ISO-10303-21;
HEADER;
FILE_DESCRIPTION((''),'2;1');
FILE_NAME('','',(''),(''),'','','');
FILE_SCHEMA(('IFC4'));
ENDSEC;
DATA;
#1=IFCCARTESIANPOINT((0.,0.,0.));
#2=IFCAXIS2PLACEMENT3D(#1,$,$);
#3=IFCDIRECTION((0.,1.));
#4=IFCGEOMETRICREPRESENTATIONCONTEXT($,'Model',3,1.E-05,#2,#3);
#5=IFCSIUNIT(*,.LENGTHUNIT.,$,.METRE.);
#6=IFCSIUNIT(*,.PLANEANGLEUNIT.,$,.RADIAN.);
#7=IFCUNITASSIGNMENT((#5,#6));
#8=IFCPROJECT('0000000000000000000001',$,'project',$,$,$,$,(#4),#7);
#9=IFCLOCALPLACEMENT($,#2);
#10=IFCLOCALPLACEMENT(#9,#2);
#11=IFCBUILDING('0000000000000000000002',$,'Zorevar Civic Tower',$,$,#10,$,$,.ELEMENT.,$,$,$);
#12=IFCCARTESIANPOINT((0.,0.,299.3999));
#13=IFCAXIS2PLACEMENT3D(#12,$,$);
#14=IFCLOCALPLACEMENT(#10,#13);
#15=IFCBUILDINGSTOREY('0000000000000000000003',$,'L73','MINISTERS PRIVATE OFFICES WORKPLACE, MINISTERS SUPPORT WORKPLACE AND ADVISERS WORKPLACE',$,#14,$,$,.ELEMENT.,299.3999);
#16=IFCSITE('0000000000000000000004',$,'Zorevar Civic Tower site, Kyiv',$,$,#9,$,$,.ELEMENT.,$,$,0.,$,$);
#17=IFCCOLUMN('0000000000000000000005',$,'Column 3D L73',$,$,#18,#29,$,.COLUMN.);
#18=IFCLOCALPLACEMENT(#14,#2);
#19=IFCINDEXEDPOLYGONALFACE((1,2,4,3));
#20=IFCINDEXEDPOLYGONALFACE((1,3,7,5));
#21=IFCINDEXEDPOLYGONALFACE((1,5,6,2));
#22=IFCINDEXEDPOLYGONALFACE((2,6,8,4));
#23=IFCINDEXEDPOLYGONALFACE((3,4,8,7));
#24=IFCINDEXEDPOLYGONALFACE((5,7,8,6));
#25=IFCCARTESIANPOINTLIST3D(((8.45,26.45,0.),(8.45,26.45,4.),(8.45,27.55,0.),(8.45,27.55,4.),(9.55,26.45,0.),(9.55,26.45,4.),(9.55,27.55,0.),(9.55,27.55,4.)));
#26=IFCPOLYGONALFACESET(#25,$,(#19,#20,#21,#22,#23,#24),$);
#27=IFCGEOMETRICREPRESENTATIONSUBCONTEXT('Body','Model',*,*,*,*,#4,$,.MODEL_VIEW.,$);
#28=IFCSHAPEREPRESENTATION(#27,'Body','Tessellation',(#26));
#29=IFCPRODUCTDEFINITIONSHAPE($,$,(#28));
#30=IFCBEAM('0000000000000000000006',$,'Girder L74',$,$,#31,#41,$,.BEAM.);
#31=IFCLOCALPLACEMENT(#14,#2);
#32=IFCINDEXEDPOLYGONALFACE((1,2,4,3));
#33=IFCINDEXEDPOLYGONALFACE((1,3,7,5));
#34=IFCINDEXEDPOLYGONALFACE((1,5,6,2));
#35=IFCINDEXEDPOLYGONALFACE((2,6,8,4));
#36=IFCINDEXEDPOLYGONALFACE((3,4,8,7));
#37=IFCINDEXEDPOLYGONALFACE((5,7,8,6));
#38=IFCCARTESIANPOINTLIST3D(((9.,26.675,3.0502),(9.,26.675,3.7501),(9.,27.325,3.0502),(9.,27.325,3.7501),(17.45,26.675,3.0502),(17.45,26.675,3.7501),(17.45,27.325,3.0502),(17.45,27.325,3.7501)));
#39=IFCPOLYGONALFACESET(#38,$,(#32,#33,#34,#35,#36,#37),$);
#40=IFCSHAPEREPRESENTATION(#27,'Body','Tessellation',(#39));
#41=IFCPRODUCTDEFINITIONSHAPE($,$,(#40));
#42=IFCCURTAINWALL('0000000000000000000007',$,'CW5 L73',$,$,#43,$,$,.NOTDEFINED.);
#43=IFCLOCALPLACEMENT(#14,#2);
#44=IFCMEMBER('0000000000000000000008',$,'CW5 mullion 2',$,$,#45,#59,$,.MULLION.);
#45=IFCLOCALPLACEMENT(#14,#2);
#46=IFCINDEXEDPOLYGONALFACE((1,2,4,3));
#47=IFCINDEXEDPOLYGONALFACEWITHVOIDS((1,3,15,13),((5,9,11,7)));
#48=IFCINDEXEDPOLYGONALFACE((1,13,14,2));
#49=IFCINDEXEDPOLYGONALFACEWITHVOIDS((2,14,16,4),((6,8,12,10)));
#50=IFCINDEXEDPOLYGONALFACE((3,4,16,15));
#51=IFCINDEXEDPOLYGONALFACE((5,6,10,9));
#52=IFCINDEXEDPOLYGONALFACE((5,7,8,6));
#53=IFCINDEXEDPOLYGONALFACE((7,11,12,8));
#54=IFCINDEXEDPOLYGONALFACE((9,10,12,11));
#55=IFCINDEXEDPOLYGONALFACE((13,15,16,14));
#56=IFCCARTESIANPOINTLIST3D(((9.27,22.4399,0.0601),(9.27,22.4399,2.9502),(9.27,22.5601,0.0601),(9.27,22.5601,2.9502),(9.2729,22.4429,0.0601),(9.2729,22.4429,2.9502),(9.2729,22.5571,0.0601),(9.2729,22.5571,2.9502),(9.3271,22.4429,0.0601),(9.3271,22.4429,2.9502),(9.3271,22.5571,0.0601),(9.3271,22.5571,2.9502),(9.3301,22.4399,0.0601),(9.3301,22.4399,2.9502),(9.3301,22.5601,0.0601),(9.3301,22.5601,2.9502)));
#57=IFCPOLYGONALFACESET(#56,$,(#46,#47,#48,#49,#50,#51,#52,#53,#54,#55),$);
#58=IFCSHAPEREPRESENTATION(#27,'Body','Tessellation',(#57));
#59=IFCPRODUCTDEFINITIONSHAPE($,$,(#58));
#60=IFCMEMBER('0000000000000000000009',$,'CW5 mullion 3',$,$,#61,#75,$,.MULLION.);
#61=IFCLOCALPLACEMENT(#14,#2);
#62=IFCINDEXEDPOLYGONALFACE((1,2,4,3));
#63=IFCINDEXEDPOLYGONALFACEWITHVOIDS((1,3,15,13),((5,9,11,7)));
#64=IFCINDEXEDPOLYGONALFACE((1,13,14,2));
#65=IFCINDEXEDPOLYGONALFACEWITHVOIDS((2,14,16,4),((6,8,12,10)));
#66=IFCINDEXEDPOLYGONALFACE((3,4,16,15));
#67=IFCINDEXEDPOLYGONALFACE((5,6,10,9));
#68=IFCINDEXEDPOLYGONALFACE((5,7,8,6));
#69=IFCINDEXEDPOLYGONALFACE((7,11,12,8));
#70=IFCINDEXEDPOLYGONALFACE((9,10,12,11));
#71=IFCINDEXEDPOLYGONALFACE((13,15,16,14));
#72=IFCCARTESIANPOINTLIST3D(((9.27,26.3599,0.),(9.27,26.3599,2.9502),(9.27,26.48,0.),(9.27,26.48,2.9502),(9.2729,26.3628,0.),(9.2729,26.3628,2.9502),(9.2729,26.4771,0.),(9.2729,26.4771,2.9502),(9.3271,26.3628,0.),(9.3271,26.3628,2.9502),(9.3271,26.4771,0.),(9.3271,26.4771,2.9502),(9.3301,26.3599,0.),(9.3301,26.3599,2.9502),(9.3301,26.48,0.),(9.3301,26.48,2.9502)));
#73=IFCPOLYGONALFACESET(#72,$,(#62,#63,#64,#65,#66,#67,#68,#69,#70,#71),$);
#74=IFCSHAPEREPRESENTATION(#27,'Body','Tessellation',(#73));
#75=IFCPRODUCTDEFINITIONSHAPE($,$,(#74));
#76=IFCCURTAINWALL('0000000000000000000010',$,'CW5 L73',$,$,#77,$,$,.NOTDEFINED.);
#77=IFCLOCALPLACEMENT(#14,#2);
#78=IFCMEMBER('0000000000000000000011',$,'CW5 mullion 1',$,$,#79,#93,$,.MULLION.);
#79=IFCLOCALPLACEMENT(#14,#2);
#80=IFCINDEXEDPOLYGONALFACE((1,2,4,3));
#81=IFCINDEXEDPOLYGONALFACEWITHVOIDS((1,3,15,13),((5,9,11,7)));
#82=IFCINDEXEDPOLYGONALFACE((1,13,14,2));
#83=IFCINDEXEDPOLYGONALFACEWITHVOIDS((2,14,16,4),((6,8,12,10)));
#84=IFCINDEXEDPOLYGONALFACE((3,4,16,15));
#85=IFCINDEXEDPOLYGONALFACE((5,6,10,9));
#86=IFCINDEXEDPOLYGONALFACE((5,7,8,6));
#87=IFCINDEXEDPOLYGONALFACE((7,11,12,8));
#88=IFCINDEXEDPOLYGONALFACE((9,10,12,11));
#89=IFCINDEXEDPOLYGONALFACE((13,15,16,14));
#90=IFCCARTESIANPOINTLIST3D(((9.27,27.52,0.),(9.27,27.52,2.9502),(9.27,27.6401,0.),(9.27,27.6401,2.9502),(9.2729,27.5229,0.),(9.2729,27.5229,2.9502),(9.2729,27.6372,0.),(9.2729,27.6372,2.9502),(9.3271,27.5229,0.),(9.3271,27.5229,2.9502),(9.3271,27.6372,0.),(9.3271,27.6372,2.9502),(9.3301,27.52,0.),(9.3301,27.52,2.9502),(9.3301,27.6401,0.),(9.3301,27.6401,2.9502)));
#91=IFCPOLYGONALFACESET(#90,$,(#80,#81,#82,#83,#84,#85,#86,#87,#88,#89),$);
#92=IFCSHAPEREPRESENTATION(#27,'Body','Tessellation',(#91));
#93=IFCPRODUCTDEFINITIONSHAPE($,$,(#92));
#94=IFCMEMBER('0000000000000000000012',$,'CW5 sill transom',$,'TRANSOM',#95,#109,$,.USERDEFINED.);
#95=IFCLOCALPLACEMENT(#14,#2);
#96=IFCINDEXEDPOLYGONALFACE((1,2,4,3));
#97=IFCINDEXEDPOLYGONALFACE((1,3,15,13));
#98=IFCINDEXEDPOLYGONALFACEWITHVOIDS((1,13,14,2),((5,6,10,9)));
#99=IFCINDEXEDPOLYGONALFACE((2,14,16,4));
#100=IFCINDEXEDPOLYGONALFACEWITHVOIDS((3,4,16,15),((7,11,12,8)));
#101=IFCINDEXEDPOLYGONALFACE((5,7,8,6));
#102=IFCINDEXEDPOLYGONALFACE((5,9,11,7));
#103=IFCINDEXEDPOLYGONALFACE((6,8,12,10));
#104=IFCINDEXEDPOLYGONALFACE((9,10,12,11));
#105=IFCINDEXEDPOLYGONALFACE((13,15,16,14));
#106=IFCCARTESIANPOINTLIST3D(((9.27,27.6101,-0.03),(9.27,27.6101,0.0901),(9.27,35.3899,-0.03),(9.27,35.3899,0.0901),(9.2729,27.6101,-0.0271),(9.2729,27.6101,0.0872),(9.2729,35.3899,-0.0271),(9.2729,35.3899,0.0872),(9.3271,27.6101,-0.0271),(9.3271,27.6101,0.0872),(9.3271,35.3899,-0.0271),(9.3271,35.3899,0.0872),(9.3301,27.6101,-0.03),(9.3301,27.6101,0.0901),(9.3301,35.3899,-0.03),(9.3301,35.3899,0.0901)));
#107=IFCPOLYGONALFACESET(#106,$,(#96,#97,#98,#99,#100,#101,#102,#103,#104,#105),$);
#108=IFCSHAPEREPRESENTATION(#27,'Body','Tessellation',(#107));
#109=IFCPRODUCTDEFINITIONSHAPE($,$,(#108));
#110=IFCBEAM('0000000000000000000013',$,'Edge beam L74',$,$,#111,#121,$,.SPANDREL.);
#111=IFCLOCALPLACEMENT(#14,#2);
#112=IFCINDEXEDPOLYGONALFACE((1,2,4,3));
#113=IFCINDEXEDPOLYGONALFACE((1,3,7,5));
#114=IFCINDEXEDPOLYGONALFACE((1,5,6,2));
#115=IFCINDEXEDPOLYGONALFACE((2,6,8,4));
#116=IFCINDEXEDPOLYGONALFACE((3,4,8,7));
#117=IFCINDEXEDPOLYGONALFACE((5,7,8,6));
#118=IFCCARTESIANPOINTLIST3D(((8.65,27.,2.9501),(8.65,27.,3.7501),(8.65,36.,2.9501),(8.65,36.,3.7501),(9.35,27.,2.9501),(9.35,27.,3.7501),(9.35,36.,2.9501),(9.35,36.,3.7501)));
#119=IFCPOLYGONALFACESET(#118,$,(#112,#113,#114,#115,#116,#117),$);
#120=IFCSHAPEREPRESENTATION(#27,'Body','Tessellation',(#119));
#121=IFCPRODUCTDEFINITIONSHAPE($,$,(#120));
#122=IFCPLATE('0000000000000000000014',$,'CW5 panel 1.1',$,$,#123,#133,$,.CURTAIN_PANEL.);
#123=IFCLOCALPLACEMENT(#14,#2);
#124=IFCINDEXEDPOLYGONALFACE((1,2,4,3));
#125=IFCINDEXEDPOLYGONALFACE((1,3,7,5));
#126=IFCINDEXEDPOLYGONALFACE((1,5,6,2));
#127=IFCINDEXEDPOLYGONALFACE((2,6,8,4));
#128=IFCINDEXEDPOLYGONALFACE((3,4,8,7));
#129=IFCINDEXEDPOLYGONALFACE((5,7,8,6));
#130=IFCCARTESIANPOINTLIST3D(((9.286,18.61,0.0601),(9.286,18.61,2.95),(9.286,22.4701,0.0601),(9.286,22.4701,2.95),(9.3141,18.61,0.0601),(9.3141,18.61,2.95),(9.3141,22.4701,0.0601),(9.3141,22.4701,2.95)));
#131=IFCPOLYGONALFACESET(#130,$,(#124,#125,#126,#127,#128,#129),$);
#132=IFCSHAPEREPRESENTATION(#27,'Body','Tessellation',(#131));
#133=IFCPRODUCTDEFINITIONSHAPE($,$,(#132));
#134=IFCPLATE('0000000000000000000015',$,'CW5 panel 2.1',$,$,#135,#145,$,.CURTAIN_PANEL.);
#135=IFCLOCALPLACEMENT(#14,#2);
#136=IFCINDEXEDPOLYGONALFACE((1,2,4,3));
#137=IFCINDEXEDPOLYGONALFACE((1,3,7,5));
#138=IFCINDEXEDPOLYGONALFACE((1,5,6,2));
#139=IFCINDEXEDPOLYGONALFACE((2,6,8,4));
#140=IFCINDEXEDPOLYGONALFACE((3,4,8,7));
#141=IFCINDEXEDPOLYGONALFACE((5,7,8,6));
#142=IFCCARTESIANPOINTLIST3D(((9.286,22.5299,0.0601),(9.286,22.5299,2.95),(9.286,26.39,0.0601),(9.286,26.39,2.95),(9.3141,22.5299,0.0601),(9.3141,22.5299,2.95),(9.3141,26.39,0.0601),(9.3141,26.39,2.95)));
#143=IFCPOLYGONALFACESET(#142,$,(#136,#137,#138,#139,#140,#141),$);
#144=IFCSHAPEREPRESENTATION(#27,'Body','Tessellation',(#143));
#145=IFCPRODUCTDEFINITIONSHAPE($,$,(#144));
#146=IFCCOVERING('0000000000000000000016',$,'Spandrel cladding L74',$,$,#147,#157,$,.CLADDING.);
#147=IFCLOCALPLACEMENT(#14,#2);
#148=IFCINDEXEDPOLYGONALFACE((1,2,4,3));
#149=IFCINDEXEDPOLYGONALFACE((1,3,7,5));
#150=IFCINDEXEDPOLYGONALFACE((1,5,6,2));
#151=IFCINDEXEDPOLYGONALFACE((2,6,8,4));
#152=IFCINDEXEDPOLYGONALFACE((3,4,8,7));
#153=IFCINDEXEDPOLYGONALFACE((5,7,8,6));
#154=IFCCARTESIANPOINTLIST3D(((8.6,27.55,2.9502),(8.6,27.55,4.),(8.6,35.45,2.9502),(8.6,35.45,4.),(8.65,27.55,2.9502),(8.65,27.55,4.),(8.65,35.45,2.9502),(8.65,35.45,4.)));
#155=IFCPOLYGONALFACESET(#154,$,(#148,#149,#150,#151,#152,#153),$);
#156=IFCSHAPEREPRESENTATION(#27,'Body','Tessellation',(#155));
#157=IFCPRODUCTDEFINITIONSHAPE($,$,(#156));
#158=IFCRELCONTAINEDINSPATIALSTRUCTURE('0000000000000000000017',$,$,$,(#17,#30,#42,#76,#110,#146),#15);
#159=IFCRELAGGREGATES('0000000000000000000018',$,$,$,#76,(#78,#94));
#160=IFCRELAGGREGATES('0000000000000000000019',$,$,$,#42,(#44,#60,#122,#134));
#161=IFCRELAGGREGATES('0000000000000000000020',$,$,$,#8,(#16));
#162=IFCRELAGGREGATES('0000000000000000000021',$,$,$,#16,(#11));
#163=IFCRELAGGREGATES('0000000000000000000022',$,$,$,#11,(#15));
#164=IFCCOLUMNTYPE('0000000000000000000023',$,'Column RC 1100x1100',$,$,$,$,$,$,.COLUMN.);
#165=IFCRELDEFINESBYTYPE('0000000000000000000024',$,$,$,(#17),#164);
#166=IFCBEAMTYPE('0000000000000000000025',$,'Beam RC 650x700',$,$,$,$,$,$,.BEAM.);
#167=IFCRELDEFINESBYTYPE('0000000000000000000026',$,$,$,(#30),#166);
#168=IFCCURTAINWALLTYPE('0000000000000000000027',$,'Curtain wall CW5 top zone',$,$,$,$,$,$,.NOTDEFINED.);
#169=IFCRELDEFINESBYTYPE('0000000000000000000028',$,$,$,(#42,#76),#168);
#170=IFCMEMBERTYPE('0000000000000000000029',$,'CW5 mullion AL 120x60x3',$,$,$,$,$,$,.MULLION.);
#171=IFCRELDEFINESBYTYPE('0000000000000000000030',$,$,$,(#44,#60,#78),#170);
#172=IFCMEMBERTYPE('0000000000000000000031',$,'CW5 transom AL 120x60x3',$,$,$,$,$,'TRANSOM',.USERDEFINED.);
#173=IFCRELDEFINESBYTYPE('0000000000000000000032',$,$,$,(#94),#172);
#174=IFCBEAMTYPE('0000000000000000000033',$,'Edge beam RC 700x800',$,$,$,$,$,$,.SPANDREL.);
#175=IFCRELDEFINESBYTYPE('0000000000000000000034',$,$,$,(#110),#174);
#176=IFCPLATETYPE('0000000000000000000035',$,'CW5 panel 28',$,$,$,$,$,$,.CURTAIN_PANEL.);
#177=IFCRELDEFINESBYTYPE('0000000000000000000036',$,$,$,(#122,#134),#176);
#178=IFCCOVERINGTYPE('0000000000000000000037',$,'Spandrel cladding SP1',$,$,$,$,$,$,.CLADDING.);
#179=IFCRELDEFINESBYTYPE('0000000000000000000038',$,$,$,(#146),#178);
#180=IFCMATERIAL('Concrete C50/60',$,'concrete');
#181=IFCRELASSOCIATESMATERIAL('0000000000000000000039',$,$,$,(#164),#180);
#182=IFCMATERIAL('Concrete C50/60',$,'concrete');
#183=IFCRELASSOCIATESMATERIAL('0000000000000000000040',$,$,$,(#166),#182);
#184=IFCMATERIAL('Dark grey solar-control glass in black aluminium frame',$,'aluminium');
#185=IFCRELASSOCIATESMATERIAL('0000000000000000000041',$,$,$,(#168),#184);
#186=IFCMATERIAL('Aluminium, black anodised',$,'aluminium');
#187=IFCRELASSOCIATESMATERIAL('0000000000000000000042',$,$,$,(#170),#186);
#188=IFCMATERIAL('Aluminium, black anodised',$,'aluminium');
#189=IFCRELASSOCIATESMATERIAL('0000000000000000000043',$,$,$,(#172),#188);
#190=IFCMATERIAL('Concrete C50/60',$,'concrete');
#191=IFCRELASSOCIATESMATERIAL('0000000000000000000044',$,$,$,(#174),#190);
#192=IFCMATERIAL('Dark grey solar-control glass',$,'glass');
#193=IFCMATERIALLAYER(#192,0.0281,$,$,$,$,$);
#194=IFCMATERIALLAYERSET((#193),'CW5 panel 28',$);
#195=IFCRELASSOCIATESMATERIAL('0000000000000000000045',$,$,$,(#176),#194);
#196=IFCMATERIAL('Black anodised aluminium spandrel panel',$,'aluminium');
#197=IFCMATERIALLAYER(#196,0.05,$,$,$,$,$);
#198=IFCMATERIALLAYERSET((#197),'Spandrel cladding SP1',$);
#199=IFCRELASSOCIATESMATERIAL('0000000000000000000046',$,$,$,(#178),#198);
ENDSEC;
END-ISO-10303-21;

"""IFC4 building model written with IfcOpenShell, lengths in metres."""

from ifc_helpers import new_model, si_unit, direction, frame, frame_2d, origin, origin_2d, place, context, subcontext, project, spatial, rectangle, hollow_rectangle, extrude, material, layer, layer_set, material_profile, profile_set, type_object, element, aggregate, save


model = new_model("IFC4")

# Units and contexts
model_context = context("Model", 3, precision=1e-05, world=origin(), true_north=direction((0.0, 1.0)))
body_context = subcontext(model_context, "Body", "Model", "MODEL_VIEW")
ifc_project = project(units=[si_unit("LENGTHUNIT", "METRE"), si_unit("PLANEANGLEUNIT", "RADIAN")], contexts=[model_context])

# Site, building, storey
site_placement = place(None, origin())
site = spatial("IfcSite", under=ifc_project, at=site_placement, Name="Zorevar Civic Tower site, Kyiv", CompositionType="ELEMENT", RefElevation=0.0)
building_placement = place(site_placement, origin())
building = spatial("IfcBuilding", under=site, at=building_placement, Name="Zorevar Civic Tower", CompositionType="ELEMENT")
storey_placement = place(building_placement, frame((0.0, 0.0, 299.3999)))
storey = spatial("IfcBuildingStorey", under=building, at=storey_placement, Name="L73", Description="MINISTERS PRIVATE OFFICES WORKPLACE, MINISTERS SUPPORT WORKPLACE AND ADVISERS WORKPLACE", CompositionType="ELEMENT", Elevation=299.3999)

# Column
ifc_material_1 = material(Name="Concrete C50/60", Category="concrete")
ifc_material_profile_1 = material_profile(ifc_material_1, rectangle(XDim=1.1001, YDim=1.1001, at=origin_2d()), Name="RC 1100x1100")
ifc_profile_set_1 = profile_set([ifc_material_profile_1], Name="Concrete C50/60")
column_type = type_object("IfcColumnType", Name="Column RC 1100x1100", PredefinedType="COLUMN", material=ifc_profile_set_1)
column_placement = place(storey_placement, frame((9.0, 27.0, 0.0), z_axis=(0.0, 0.0, 1.0), x_axis=(1.0, 0.0, 0.0)))
element("IfcColumn", 1, at=column_placement, inside=storey, type_object=column_type, Name="Column 3D L73", PredefinedType="COLUMN", context=body_context, shape_type="SweptSolid", body=[
    extrude(rectangle(XDim=1.1001, YDim=1.1001, at=origin_2d()), origin(), (0.0, 0.0, 1.0), 4.0),
])

# Beam
ifc_material_2 = material(Name="Concrete C50/60", Category="concrete")
ifc_material_profile_2 = material_profile(ifc_material_2, rectangle(XDim=0.6499, YDim=0.7, at=origin_2d()), Name="RC 650x700")
ifc_profile_set_2 = profile_set([ifc_material_profile_2], Name="Concrete C50/60")
beam_type_1 = type_object("IfcBeamType", Name="Beam RC 650x700", PredefinedType="BEAM", material=ifc_profile_set_2)
beam_1_placement = place(storey_placement, frame((9.0, 27.0, 3.4001), z_axis=(1.0, 0.0, 0.0), x_axis=(0.0, 1.0, 0.0)))
element("IfcBeam", 2, at=beam_1_placement, inside=storey, type_object=beam_type_1, Name="Girder L74", PredefinedType="BEAM", context=body_context, shape_type="SweptSolid", body=[
    extrude(rectangle(XDim=0.6499, YDim=0.7, at=origin_2d()), origin(), (0.0, 0.0, 1.0), 8.45),
])

# Curtain walls, members
ifc_material_3 = material(Name="Dark grey solar-control glass in black aluminium frame", Category="aluminium")
curtain_wall_type = type_object("IfcCurtainWallType", Name="Curtain wall CW5 top zone", PredefinedType="NOTDEFINED", material=ifc_material_3)
curtain_wall_1_placement = place(storey_placement, origin())
curtain_wall_1 = element("IfcCurtainWall", 3, at=curtain_wall_1_placement, inside=storey, type_object=curtain_wall_type, Name="CW5 L73", PredefinedType="NOTDEFINED")
ifc_material_4 = material(Name="Aluminium, black anodised", Category="aluminium")
ifc_material_profile_3 = material_profile(ifc_material_4, hollow_rectangle(XDim=0.0601, YDim=0.1201, WallThickness=0.0029, at=origin_2d()), Name="AL 120x60x3")
ifc_profile_set_3 = profile_set([ifc_material_profile_3], Name="Aluminium, black anodised")
member_type_1 = type_object("IfcMemberType", Name="CW5 mullion AL 120x60x3", PredefinedType="MULLION", material=ifc_profile_set_3)
member_1_placement = place(storey_placement, frame((9.3, 22.5, 0.0601), z_axis=(0.0, 0.0, 1.0), x_axis=(-1.0, 0.0, 0.0)))
member_1 = element("IfcMember", 4, at=member_1_placement, type_object=member_type_1, Name="CW5 mullion 2", PredefinedType="MULLION", context=body_context, shape_type="SweptSolid", body=[
    extrude(hollow_rectangle(XDim=0.0601, YDim=0.1201, WallThickness=0.0029, at=origin_2d()), origin(), (0.0, 0.0, 1.0), 2.8901),
])
member_2_placement = place(storey_placement, frame((9.3, 26.4199, 0.0), z_axis=(0.0, 0.0, 1.0), x_axis=(-1.0, 0.0, 0.0)))
member_2 = element("IfcMember", 5, at=member_2_placement, type_object=member_type_1, Name="CW5 mullion 3", PredefinedType="MULLION", context=body_context, shape_type="SweptSolid", body=[
    extrude(hollow_rectangle(XDim=0.0601, YDim=0.1201, WallThickness=0.0029, at=origin_2d()), origin(), (0.0, 0.0, 1.0), 2.9502),
])
curtain_wall_2_placement = place(storey_placement, origin())
curtain_wall_2 = element("IfcCurtainWall", 6, at=curtain_wall_2_placement, inside=storey, type_object=curtain_wall_type, Name="CW5 L73", PredefinedType="NOTDEFINED")
member_3_placement = place(storey_placement, frame((9.3, 27.5801, 0.0), z_axis=(0.0, 0.0, 1.0), x_axis=(-1.0, 0.0, 0.0)))
member_3 = element("IfcMember", 7, at=member_3_placement, type_object=member_type_1, Name="CW5 mullion 1", PredefinedType="MULLION", context=body_context, shape_type="SweptSolid", body=[
    extrude(hollow_rectangle(XDim=0.0601, YDim=0.1201, WallThickness=0.0029, at=origin_2d()), origin(), (0.0, 0.0, 1.0), 2.9502),
])
ifc_material_5 = material(Name="Aluminium, black anodised", Category="aluminium")
ifc_material_profile_4 = material_profile(ifc_material_5, hollow_rectangle(XDim=0.0601, YDim=0.1201, WallThickness=0.0029, at=origin_2d()), Name="AL 120x60x3")
ifc_profile_set_4 = profile_set([ifc_material_profile_4], Name="Aluminium, black anodised")
member_type_2 = type_object("IfcMemberType", Name="CW5 transom AL 120x60x3", ElementType="TRANSOM", PredefinedType="USERDEFINED", material=ifc_profile_set_4)
member_4_placement = place(storey_placement, frame((9.3, 27.6101, 0.03), z_axis=(0.0, 1.0, 0.0), x_axis=(-1.0, 0.0, 0.0)))
member_4 = element("IfcMember", 8, at=member_4_placement, type_object=member_type_2, Name="CW5 sill transom", ObjectType="TRANSOM", PredefinedType="USERDEFINED", context=body_context, shape_type="SweptSolid", body=[
    extrude(hollow_rectangle(XDim=0.0601, YDim=0.1201, WallThickness=0.0029, at=origin_2d()), origin(), (0.0, 0.0, 1.0), 7.7798),
])
aggregate(curtain_wall_2, [member_3, member_4])

# Beam
ifc_material_6 = material(Name="Concrete C50/60", Category="concrete")
ifc_material_profile_5 = material_profile(ifc_material_6, rectangle(XDim=0.7, YDim=0.8, at=origin_2d()), Name="RC 700x800")
ifc_profile_set_5 = profile_set([ifc_material_profile_5], Name="Concrete C50/60")
beam_type_2 = type_object("IfcBeamType", Name="Edge beam RC 700x800", PredefinedType="SPANDREL", material=ifc_profile_set_5)
beam_2_placement = place(storey_placement, frame((9.0, 27.0, 3.3501), z_axis=(0.0, 1.0, 0.0), x_axis=(-1.0, 0.0, 0.0)))
element("IfcBeam", 9, at=beam_2_placement, inside=storey, type_object=beam_type_2, Name="Edge beam L74", PredefinedType="SPANDREL", context=body_context, shape_type="SweptSolid", body=[
    extrude(rectangle(XDim=0.7, YDim=0.8, at=origin_2d()), origin(), (0.0, 0.0, 1.0), 9.0),
])

# Plates
ifc_material_7 = material(Name="Dark grey solar-control glass", Category="glass")
ifc_layer_1 = layer(ifc_material_7, 0.0281)
ifc_layer_set_1 = layer_set([ifc_layer_1], Name="CW5 panel 28")
plate_type = type_object("IfcPlateType", Name="CW5 panel 28", PredefinedType="CURTAIN_PANEL", material=ifc_layer_set_1)
plate_1_placement = place(storey_placement, frame((9.3, 20.54, 0.0601), z_axis=(0.0, 0.0, 1.0), x_axis=(0.0, 1.0, 0.0)))
plate_1 = element("IfcPlate", 10, at=plate_1_placement, type_object=plate_type, Name="CW5 panel 1.1", PredefinedType="CURTAIN_PANEL", context=body_context, shape_type="SweptSolid", body=[
    extrude(rectangle(XDim=3.8601, YDim=0.0281, at=origin_2d()), origin(), (0.0, 0.0, 1.0), 2.8899),
])
plate_2_placement = place(storey_placement, frame((9.3, 24.46, 0.0601), z_axis=(0.0, 0.0, 1.0), x_axis=(0.0, 1.0, 0.0)))
plate_2 = element("IfcPlate", 11, at=plate_2_placement, type_object=plate_type, Name="CW5 panel 2.1", PredefinedType="CURTAIN_PANEL", context=body_context, shape_type="SweptSolid", body=[
    extrude(rectangle(XDim=3.8601, YDim=0.0281, at=origin_2d()), origin(), (0.0, 0.0, 1.0), 2.8899),
])
aggregate(curtain_wall_1, [member_1, member_2, plate_1, plate_2])

# Covering
ifc_material_8 = material(Name="Black anodised aluminium spandrel panel", Category="aluminium")
ifc_layer_2 = layer(ifc_material_8, 0.05)
ifc_layer_set_2 = layer_set([ifc_layer_2], Name="Spandrel cladding SP1")
covering_type = type_object("IfcCoveringType", Name="Spandrel cladding SP1", PredefinedType="CLADDING", material=ifc_layer_set_2)
covering_placement = place(storey_placement, frame((8.625, 27.55, 2.9502), z_axis=(0.0, 0.0, 1.0), x_axis=(0.0, 1.0, 0.0)))
element("IfcCovering", 12, at=covering_placement, inside=storey, type_object=covering_type, Name="Spandrel cladding L74", PredefinedType="CLADDING", context=body_context, shape_type="SweptSolid", body=[
    extrude(rectangle(XDim=7.8999, YDim=0.05, at=frame_2d((3.95, 0.0))), origin(), (0.0, 0.0, 1.0), 1.0498),
])

save(model, "model.ifc")
